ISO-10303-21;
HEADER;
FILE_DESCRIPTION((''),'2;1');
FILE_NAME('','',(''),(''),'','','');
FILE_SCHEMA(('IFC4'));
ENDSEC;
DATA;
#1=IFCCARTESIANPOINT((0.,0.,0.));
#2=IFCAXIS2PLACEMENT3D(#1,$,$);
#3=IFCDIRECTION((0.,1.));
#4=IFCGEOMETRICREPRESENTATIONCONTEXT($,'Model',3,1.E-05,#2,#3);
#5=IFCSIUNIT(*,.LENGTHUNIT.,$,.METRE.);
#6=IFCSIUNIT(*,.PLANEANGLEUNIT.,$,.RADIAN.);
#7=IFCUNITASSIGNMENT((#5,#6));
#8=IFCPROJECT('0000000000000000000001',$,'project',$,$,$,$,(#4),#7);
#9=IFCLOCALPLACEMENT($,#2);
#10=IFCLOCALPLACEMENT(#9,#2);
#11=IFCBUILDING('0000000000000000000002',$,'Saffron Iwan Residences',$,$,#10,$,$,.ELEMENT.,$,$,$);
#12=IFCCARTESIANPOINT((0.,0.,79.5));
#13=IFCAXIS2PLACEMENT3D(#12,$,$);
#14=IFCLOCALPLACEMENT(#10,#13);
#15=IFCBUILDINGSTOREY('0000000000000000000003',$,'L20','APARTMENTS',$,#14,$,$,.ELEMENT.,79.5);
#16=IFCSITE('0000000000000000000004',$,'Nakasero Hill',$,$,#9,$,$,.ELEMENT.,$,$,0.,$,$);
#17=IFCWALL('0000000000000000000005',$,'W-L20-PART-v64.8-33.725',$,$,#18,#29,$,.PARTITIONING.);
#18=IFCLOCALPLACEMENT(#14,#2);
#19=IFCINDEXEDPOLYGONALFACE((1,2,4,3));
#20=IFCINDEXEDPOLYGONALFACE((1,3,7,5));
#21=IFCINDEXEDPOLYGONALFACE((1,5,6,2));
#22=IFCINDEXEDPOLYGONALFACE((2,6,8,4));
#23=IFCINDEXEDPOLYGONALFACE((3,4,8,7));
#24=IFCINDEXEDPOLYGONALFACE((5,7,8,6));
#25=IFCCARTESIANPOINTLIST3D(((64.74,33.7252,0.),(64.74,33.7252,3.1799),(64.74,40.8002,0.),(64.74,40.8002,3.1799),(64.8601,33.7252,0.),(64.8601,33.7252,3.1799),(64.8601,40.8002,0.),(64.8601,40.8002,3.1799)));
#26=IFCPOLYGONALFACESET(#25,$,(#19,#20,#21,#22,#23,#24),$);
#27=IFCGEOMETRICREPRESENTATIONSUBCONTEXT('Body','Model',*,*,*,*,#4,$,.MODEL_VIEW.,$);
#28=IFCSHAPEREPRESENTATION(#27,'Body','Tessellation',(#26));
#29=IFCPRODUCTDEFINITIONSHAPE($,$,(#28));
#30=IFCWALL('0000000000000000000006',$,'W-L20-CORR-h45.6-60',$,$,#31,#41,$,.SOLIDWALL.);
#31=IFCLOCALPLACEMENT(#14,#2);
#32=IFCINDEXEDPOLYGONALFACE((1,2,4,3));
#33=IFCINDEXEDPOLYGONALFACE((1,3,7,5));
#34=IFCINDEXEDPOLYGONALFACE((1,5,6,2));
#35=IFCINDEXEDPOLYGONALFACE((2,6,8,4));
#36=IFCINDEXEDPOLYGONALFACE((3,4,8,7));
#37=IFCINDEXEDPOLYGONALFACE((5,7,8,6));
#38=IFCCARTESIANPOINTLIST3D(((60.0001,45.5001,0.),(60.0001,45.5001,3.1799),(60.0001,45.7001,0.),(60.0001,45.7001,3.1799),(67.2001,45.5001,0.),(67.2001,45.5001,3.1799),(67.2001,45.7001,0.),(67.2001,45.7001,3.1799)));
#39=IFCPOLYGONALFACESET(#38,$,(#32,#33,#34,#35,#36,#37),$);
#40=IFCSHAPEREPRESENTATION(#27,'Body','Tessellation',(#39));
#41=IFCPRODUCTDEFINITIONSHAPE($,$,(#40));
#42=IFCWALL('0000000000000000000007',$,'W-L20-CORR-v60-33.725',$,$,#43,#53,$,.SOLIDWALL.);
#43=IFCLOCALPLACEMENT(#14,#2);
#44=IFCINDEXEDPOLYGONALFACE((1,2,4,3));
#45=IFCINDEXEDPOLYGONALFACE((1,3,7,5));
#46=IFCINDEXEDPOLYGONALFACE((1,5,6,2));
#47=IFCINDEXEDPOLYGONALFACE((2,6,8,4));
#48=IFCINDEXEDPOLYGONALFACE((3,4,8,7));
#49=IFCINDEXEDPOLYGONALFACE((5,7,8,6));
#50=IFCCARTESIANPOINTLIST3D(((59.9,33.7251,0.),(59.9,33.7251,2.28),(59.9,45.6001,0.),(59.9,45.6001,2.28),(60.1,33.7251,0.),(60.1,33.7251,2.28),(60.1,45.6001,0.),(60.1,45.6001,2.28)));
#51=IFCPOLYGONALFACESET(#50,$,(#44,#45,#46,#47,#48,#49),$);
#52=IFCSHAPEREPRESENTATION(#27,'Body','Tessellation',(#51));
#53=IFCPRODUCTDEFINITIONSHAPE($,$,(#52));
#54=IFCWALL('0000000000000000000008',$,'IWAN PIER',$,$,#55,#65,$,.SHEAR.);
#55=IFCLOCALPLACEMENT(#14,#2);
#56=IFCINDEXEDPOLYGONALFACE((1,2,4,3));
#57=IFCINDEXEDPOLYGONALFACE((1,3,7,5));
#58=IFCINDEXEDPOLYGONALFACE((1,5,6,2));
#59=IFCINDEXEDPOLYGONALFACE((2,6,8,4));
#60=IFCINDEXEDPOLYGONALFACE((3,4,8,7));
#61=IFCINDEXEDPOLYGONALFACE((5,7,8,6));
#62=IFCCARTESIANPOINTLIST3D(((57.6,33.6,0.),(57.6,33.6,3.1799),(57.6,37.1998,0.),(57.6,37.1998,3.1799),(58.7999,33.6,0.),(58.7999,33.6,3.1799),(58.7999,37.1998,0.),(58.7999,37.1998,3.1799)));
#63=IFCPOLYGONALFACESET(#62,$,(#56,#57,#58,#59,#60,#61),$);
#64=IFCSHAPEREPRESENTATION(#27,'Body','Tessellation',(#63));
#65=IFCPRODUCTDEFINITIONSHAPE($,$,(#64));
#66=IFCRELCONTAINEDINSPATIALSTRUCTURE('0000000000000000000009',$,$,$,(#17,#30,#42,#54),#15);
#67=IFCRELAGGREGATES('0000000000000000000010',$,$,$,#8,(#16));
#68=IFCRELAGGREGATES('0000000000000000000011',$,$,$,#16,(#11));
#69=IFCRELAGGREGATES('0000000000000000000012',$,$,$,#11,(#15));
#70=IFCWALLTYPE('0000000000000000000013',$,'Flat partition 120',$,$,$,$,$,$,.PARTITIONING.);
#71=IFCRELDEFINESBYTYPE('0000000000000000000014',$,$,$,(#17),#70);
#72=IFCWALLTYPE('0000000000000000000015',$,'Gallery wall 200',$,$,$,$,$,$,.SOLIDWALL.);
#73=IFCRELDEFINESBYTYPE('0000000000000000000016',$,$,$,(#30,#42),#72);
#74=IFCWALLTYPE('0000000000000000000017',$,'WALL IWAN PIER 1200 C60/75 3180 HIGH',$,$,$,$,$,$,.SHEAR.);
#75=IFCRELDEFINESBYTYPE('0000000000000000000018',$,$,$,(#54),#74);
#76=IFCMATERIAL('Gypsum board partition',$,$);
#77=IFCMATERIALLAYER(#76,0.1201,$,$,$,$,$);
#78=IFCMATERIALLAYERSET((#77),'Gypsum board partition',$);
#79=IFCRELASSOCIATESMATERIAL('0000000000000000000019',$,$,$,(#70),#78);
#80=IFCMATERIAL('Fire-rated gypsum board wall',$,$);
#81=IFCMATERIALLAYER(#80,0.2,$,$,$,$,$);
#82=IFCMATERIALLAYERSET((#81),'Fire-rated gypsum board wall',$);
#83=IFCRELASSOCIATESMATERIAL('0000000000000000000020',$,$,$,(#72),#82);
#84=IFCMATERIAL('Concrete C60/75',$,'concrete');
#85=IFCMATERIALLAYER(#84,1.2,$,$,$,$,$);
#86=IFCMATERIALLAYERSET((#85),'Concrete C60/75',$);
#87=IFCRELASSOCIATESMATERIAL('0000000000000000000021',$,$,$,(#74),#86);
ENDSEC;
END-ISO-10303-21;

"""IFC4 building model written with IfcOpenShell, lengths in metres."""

from ifc_helpers import new_model, si_unit, direction, frame, frame_2d, origin, place, context, subcontext, project, spatial, rectangle, extrude, material, layer, layer_set, type_object, element, save


model = new_model("IFC4")

# Units and contexts
model_context = context("Model", 3, precision=1e-05, world=origin(), true_north=direction((0.0, 1.0)))
body_context = subcontext(model_context, "Body", "Model", "MODEL_VIEW")
ifc_project = project(units=[si_unit("LENGTHUNIT", "METRE"), si_unit("PLANEANGLEUNIT", "RADIAN")], contexts=[model_context])

# Site, building, storey
site_placement = place(None, origin())
site = spatial("IfcSite", under=ifc_project, at=site_placement, Name="Nakasero Hill", CompositionType="ELEMENT", RefElevation=0.0)
building_placement = place(site_placement, origin())
building = spatial("IfcBuilding", under=site, at=building_placement, Name="Saffron Iwan Residences", CompositionType="ELEMENT")
storey_placement = place(building_placement, frame((0.0, 0.0, 79.5)))
storey = spatial("IfcBuildingStorey", under=building, at=storey_placement, Name="L20", Description="APARTMENTS", CompositionType="ELEMENT", Elevation=79.5)

# Shared definitions
ifc_material_1 = material(Name="Concrete C60/75", Category="concrete")

# Shared definitions
ifc_material_2 = material(Name="Gypsum board partition")
ifc_layer_1 = layer(ifc_material_2, 0.1201)
ifc_layer_set_1 = layer_set([ifc_layer_1], Name="Gypsum board partition")
wall_type_1 = type_object("IfcWallType", Name="Flat partition 120", PredefinedType="PARTITIONING", material=ifc_layer_set_1)

# Walls
wall_1_placement = place(storey_placement, frame((64.8, 33.7251, 0.0), z_axis=(0.0, 0.0, 1.0), x_axis=(0.0, 1.0, 0.0)))
element("IfcWall", 1, at=wall_1_placement, inside=storey, type_object=wall_type_1, Name="W-L20-PART-v64.8-33.725", PredefinedType="PARTITIONING", context=body_context, shape_type="SweptSolid", body=[
    extrude(rectangle(XDim=7.075, YDim=0.1201, at=frame_2d((3.5376, 0.0))), origin(), (0.0, 0.0, 1.0), 3.1799),
])
ifc_material_3 = material(Name="Fire-rated gypsum board wall")
ifc_layer_2 = layer(ifc_material_3, 0.2)
ifc_layer_set_2 = layer_set([ifc_layer_2], Name="Fire-rated gypsum board wall")
wall_type_2 = type_object("IfcWallType", Name="Gallery wall 200", PredefinedType="SOLIDWALL", material=ifc_layer_set_2)
wall_2_placement = place(storey_placement, frame((60.0, 45.6001, 0.0), z_axis=(0.0, 0.0, 1.0), x_axis=(1.0, 0.0, 0.0)))
element("IfcWall", 2, at=wall_2_placement, inside=storey, type_object=wall_type_2, Name="W-L20-CORR-h45.6-60", PredefinedType="SOLIDWALL", context=body_context, shape_type="SweptSolid", body=[
    extrude(rectangle(XDim=7.2, YDim=0.2, at=frame_2d((3.6001, 0.0))), origin(), (0.0, 0.0, 1.0), 3.1799),
])
wall_3_placement = place(storey_placement, frame((60.0, 33.7251, 0.0), z_axis=(0.0, 0.0, 1.0), x_axis=(0.0, 1.0, 0.0)))
element("IfcWall", 3, at=wall_3_placement, inside=storey, type_object=wall_type_2, Name="W-L20-CORR-v60-33.725", PredefinedType="SOLIDWALL", context=body_context, shape_type="SweptSolid", body=[
    extrude(rectangle(XDim=11.875, YDim=0.2, at=frame_2d((5.9375, 0.0))), origin(), (0.0, 0.0, 1.0), 2.28),
])
ifc_layer_3 = layer(ifc_material_1, 1.2)
ifc_layer_set_3 = layer_set([ifc_layer_3], Name="Concrete C60/75")
wall_type_3 = type_object("IfcWallType", Name="WALL IWAN PIER 1200 C60/75 3180 HIGH", PredefinedType="SHEAR", material=ifc_layer_set_3)
wall_4_placement = place(storey_placement, frame((58.2, 33.6001, 0.0), z_axis=(0.0, 0.0, 1.0), x_axis=(0.0, 1.0, 0.0)))
element("IfcWall", 4, at=wall_4_placement, inside=storey, type_object=wall_type_3, Name="IWAN PIER", PredefinedType="SHEAR", context=body_context, shape_type="SweptSolid", body=[
    extrude(rectangle(XDim=3.5999, YDim=1.2, at=frame_2d((1.7998, 0.0))), origin(), (0.0, 0.0, 1.0), 3.1799),
])

save(model, "model.ifc")
